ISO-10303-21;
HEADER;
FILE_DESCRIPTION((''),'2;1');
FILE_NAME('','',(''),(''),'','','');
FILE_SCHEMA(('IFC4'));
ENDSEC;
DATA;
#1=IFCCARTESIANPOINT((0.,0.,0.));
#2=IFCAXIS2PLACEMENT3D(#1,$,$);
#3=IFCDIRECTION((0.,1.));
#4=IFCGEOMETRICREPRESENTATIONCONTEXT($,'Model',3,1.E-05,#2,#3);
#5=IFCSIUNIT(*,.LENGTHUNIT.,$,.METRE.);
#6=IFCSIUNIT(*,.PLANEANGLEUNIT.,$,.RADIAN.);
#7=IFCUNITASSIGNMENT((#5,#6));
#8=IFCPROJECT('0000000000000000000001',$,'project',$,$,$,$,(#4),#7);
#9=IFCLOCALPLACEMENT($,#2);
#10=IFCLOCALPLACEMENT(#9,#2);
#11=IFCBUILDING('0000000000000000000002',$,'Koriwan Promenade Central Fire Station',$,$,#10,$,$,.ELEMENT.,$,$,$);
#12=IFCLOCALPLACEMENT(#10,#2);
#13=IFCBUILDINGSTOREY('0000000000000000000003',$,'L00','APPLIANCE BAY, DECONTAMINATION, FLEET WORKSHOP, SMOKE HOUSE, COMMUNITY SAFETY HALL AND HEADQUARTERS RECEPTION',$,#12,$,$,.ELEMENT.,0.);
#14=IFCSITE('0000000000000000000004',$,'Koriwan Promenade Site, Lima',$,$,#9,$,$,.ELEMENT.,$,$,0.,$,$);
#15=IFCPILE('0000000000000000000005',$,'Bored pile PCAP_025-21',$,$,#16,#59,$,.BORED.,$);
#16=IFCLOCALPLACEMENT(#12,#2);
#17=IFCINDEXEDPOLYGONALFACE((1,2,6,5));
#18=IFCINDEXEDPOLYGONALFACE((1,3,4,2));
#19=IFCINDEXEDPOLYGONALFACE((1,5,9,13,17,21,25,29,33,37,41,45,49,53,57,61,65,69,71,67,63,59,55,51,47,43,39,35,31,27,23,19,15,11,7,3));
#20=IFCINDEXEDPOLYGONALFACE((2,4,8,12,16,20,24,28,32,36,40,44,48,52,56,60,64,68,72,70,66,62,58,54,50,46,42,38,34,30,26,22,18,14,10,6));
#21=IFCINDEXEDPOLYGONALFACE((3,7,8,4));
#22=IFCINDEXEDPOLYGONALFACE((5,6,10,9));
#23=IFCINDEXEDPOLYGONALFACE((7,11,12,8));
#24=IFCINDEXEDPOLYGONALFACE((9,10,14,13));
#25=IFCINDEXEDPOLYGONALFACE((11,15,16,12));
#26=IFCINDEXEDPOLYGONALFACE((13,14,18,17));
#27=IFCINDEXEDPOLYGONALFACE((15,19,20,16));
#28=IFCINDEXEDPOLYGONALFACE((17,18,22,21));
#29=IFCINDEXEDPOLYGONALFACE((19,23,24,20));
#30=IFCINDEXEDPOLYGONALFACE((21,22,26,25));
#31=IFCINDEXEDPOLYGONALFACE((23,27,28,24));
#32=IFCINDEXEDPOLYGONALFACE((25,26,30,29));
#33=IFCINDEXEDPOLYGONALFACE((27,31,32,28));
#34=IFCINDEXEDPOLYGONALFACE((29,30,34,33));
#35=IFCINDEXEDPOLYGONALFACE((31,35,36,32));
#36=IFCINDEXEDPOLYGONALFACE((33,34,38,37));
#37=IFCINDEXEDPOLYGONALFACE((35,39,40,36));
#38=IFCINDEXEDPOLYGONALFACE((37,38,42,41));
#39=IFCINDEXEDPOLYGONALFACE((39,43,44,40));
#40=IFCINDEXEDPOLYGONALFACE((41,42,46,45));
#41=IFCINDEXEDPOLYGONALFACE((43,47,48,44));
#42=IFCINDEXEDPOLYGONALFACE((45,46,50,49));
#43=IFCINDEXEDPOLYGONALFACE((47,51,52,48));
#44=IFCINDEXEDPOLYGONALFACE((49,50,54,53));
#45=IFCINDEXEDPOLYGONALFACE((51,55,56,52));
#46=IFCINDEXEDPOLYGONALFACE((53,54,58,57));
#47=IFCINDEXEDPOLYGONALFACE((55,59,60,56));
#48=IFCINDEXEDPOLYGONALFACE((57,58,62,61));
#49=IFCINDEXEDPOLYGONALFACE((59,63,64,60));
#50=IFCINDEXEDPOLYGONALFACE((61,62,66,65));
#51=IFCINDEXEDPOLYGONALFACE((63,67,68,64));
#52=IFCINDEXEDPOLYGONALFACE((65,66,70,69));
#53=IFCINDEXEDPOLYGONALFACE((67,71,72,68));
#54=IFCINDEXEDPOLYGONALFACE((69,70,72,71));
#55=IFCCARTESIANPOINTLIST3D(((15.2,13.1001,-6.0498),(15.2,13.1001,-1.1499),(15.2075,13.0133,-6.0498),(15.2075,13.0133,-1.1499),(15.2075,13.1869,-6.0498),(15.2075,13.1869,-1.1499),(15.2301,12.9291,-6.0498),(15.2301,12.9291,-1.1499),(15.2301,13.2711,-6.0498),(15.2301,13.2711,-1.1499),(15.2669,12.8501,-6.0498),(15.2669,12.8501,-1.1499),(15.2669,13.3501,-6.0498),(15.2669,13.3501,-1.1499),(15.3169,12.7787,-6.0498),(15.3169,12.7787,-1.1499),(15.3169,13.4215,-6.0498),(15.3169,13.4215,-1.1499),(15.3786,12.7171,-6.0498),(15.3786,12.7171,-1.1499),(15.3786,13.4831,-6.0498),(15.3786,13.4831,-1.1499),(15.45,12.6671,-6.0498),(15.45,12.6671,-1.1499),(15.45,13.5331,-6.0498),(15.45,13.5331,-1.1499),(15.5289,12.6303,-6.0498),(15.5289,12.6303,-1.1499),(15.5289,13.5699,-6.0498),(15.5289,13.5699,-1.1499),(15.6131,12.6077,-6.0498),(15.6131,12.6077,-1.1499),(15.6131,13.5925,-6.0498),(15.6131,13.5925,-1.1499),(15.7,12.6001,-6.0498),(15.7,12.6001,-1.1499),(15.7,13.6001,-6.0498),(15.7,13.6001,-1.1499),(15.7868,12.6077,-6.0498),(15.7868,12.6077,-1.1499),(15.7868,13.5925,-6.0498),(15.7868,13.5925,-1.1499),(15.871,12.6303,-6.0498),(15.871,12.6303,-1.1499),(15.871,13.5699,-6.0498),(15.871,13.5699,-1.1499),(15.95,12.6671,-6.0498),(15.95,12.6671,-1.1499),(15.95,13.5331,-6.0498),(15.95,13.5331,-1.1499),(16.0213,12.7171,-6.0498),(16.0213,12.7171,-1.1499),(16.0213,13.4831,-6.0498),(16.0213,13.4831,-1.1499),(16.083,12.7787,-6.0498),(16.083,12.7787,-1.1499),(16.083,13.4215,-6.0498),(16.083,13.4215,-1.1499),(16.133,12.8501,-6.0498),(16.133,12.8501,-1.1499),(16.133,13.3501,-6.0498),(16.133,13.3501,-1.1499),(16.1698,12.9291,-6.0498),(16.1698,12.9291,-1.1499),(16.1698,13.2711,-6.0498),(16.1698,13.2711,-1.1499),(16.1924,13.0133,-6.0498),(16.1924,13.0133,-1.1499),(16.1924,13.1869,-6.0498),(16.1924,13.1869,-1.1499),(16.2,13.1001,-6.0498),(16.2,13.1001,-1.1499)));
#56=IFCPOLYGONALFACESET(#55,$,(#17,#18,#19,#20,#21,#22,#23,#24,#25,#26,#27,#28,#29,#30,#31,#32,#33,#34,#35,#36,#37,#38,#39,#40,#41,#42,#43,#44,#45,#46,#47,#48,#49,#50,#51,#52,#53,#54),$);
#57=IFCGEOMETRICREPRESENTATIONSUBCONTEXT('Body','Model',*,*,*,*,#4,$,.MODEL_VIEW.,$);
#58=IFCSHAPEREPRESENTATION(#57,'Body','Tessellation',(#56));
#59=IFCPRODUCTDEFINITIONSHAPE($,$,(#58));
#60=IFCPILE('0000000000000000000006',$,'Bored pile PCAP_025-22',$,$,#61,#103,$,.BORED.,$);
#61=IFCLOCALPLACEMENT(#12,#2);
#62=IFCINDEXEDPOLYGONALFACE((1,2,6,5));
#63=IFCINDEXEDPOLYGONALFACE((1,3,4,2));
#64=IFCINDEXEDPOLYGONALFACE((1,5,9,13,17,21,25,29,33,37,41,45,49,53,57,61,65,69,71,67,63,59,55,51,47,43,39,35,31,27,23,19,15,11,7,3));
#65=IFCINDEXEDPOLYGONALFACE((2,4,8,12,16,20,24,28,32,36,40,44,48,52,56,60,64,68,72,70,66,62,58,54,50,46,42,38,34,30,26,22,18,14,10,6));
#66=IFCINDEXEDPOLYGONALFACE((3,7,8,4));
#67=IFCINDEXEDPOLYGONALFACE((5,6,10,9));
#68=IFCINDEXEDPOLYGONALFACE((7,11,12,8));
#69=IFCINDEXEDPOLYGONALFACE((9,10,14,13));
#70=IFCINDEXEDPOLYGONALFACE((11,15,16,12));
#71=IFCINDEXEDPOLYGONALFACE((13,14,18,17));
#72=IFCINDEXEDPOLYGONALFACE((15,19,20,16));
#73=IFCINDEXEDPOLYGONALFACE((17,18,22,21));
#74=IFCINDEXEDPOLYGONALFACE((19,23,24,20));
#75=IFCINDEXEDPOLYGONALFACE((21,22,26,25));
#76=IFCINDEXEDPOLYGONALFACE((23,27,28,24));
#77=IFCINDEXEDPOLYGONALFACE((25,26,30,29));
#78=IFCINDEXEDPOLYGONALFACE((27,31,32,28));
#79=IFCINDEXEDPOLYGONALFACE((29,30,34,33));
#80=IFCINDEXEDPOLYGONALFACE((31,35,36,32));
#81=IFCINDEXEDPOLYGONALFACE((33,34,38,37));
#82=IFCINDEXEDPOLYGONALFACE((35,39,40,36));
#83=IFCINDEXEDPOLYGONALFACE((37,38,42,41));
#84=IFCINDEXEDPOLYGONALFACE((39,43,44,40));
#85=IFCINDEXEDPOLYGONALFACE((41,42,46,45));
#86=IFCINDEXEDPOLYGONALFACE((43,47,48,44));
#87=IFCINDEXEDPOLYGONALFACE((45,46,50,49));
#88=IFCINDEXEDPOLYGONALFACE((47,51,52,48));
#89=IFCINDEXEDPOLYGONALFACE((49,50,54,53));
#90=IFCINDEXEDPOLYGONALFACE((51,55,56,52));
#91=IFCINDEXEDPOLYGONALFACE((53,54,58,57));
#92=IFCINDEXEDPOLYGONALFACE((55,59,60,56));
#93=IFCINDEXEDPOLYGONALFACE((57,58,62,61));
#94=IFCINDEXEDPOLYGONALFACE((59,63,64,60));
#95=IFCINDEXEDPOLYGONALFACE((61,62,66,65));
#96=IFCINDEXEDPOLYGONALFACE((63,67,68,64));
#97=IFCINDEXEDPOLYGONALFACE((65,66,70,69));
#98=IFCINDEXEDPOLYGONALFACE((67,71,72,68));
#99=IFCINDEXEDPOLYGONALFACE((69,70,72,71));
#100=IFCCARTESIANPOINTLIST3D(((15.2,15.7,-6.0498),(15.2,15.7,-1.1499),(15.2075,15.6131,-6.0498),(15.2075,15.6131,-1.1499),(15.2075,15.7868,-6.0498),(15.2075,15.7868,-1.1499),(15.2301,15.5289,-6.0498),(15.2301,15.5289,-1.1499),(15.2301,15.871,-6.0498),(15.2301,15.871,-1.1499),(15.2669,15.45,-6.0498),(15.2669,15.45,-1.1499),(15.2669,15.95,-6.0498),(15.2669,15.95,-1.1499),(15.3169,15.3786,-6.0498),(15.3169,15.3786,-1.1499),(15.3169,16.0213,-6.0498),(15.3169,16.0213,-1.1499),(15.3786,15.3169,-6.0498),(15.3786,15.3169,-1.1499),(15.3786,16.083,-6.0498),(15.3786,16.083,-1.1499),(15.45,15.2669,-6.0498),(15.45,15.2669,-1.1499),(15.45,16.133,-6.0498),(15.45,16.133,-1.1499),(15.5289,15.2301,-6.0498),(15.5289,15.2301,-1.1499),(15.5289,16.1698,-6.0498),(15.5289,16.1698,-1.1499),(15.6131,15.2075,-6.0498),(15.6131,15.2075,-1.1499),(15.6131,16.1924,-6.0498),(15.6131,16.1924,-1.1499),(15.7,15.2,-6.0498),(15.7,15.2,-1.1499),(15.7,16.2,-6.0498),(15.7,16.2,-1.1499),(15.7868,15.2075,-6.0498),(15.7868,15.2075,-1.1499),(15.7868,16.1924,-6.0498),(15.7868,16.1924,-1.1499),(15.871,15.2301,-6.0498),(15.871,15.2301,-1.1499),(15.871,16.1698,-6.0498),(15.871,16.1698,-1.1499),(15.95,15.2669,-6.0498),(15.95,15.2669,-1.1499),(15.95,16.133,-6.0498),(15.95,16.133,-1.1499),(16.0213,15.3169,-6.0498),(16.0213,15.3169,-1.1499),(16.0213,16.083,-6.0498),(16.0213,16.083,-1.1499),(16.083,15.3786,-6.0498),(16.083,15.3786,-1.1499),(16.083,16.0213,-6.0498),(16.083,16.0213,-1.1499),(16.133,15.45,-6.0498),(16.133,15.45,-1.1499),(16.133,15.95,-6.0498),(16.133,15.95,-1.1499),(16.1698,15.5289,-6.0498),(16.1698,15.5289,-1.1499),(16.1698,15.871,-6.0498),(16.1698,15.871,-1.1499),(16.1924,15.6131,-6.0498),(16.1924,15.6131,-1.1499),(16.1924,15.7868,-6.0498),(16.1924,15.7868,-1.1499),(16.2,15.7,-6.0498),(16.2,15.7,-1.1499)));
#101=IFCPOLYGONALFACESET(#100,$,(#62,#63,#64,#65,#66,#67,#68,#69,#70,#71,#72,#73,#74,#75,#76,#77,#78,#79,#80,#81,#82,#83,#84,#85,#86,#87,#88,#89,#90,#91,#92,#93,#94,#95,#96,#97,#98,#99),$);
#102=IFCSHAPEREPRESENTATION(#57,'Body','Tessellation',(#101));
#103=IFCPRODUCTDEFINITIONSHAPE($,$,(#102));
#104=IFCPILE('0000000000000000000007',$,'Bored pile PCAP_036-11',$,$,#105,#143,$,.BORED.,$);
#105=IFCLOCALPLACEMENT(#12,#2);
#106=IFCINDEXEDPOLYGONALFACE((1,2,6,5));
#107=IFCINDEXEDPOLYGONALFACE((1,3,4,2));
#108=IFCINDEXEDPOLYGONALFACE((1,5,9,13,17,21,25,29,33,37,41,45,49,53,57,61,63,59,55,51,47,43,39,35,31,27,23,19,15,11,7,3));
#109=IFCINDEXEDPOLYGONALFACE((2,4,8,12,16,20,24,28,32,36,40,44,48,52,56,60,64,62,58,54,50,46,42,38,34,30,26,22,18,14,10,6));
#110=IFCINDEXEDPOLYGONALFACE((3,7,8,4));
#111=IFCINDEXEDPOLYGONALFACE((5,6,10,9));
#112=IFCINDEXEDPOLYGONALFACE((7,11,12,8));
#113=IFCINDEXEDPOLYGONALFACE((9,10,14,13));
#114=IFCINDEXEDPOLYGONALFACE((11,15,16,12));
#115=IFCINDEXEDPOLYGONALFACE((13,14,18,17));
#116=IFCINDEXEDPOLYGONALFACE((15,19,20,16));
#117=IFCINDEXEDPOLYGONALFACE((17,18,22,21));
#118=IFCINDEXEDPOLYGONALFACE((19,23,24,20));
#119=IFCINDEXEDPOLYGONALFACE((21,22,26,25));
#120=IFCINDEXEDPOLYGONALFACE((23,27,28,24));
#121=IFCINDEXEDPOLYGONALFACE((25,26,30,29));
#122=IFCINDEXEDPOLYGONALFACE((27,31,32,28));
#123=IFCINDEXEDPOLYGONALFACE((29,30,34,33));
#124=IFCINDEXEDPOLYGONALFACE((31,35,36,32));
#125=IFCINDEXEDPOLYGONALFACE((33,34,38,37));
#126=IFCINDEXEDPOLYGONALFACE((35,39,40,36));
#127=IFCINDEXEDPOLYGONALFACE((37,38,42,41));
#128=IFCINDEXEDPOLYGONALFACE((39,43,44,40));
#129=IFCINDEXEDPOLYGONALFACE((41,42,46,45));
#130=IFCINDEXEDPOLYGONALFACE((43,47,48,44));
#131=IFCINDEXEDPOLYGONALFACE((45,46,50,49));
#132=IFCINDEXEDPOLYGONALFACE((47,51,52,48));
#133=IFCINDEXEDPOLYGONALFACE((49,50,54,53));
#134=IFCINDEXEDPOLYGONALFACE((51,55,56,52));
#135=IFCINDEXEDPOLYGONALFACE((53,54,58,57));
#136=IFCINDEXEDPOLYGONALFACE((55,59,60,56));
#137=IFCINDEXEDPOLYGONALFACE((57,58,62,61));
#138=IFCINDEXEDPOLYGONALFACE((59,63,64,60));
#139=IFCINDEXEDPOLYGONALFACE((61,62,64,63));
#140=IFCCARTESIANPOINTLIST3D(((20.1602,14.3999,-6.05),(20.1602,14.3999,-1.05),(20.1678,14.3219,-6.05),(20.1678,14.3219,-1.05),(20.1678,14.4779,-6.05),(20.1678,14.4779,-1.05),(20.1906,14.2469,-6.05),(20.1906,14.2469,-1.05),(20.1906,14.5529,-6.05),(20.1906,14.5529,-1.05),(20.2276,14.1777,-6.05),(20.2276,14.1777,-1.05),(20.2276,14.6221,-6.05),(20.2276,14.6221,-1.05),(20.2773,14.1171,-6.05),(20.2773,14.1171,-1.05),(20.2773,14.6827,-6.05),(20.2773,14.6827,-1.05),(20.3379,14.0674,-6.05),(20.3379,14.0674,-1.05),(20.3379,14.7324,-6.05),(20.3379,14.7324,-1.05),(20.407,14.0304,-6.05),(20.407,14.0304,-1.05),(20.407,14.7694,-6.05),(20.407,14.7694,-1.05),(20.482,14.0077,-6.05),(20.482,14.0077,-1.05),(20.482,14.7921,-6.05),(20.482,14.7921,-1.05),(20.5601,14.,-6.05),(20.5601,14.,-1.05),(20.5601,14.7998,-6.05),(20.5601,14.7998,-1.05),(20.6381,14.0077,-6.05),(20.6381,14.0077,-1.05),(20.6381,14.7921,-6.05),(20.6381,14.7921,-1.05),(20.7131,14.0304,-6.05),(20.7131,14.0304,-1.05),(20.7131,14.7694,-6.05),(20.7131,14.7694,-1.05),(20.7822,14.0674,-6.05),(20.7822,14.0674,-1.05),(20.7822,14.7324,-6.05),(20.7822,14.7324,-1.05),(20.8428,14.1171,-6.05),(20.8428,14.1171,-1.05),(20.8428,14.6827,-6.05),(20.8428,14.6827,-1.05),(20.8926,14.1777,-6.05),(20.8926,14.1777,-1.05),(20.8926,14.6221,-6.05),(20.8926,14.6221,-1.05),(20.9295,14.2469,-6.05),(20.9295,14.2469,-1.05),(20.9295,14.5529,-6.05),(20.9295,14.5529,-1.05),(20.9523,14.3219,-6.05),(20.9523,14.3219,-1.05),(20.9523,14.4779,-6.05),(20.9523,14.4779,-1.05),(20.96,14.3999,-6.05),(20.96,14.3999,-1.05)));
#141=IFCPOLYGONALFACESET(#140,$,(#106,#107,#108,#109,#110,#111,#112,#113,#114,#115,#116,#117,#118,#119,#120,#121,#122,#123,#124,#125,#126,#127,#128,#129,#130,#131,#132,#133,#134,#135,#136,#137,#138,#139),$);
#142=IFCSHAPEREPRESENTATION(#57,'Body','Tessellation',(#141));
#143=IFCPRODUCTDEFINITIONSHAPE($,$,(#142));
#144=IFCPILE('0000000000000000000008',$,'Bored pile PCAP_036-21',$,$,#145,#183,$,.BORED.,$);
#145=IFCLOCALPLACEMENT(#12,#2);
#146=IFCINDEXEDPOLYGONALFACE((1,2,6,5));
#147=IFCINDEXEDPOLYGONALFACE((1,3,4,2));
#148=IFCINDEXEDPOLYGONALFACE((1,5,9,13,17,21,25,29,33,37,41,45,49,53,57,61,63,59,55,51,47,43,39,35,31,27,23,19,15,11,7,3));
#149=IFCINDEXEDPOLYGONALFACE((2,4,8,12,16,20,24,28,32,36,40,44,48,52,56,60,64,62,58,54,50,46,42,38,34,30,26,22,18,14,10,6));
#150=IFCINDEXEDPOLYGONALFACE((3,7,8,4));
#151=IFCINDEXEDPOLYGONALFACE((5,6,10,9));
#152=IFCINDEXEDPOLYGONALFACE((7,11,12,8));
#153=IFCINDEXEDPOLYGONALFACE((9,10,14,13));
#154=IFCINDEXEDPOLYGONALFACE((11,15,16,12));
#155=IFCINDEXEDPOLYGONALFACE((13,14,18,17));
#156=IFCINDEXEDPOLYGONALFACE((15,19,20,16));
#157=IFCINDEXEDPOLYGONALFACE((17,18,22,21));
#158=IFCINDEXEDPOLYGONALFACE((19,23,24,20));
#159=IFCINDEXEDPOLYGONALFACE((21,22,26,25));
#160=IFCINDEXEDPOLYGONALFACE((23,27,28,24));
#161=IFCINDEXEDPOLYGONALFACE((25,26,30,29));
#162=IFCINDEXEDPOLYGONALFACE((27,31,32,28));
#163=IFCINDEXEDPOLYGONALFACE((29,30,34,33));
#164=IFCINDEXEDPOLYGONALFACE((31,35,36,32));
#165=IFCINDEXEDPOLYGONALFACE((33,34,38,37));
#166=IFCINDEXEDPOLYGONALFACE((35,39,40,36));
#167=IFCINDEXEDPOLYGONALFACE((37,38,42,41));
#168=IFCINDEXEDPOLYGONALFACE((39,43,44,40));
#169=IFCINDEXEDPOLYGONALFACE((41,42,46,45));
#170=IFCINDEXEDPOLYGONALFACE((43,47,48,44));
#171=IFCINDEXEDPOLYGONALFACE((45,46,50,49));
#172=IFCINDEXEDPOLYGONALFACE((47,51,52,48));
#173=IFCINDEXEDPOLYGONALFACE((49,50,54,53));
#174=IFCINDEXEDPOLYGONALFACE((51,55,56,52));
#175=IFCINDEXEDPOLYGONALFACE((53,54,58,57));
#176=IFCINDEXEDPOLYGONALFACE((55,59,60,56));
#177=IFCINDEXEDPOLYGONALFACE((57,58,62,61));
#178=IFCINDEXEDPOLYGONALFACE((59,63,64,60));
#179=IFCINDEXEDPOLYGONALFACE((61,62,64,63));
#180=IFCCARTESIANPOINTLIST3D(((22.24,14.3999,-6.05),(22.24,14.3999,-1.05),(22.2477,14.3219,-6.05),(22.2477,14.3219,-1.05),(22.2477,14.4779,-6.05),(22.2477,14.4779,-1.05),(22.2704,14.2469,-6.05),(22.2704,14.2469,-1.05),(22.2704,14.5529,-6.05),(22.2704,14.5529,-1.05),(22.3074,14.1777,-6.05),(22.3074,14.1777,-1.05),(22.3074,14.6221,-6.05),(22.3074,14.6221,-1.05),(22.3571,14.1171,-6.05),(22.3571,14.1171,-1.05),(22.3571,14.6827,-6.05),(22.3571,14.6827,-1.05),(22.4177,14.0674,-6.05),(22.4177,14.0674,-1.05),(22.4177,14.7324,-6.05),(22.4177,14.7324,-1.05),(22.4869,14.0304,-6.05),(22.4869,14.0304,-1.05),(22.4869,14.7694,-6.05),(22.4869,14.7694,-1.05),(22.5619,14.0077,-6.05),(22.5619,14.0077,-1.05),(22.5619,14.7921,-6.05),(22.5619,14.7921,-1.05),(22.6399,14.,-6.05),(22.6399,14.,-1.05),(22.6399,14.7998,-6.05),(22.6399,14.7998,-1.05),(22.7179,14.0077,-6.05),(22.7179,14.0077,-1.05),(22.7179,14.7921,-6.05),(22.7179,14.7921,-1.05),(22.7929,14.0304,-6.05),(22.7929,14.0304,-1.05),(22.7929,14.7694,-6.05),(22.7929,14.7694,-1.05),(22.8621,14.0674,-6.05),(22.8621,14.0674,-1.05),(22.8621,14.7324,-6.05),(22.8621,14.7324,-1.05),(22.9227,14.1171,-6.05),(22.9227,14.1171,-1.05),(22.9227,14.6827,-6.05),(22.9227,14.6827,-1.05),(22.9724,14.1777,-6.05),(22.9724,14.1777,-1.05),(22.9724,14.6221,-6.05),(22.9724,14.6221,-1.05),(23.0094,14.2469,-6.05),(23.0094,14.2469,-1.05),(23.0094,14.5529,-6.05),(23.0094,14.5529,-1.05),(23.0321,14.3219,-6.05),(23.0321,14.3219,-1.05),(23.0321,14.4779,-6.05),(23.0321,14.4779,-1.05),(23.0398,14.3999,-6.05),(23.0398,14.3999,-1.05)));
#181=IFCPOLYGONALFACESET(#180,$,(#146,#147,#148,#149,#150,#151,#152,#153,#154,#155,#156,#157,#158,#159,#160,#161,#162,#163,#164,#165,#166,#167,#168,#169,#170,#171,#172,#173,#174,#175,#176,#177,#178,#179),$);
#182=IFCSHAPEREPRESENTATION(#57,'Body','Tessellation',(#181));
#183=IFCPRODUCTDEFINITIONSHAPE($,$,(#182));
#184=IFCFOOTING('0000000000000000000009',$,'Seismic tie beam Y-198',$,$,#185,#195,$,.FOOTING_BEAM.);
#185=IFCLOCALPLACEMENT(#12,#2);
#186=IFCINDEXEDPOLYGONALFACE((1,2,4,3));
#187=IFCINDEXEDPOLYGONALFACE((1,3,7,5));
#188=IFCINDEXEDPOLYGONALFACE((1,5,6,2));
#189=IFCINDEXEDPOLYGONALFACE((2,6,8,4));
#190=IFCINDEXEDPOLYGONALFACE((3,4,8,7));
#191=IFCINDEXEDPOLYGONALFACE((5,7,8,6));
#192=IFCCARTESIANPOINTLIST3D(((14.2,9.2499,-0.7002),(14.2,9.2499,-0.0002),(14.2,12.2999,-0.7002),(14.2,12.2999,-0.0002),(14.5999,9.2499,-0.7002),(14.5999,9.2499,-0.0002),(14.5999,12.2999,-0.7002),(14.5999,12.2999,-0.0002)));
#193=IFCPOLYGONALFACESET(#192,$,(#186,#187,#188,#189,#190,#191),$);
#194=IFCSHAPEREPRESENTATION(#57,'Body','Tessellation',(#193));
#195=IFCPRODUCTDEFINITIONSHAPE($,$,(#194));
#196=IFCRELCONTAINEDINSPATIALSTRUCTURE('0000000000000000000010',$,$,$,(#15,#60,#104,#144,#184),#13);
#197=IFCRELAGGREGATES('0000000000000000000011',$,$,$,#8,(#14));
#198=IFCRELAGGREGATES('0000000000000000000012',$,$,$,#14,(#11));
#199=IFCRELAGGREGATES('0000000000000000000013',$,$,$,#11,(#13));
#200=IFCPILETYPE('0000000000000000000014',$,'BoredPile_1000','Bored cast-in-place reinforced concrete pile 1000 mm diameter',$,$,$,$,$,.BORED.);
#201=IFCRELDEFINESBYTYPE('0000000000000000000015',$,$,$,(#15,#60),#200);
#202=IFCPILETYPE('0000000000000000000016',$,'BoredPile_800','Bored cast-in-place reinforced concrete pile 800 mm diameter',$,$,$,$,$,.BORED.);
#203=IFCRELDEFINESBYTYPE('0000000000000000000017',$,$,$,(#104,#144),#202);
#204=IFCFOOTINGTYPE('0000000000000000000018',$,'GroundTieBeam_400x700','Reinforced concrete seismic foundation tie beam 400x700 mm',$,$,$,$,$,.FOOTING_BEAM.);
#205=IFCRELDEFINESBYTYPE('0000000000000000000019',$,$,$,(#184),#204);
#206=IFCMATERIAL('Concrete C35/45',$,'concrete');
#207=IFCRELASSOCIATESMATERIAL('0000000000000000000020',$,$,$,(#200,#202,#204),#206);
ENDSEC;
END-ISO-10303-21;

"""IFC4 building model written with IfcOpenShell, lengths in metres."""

from ifc_helpers import new_model, si_unit, direction, frame, origin, origin_2d, place, context, subcontext, project, spatial, rectangle, circle, extrude, material, material_profile, profile_set, type_object, element, save


model = new_model("IFC4")

# Units and contexts
model_context = context("Model", 3, precision=1e-05, world=origin(), true_north=direction((0.0, 1.0)))
body_context = subcontext(model_context, "Body", "Model", "MODEL_VIEW")
ifc_project = project(units=[si_unit("LENGTHUNIT", "METRE"), si_unit("PLANEANGLEUNIT", "RADIAN")], contexts=[model_context])

# Site, building, storey
site_placement = place(None, origin())
site = spatial("IfcSite", under=ifc_project, at=site_placement, Name="Koriwan Promenade Site, Lima", CompositionType="ELEMENT", RefElevation=0.0)
building_placement = place(site_placement, origin())
building = spatial("IfcBuilding", under=site, at=building_placement, Name="Koriwan Promenade Central Fire Station", CompositionType="ELEMENT")
storey_placement = place(building_placement, origin())
storey = spatial("IfcBuildingStorey", under=building, at=storey_placement, Name="L00", Description="APPLIANCE BAY, DECONTAMINATION, FLEET WORKSHOP, SMOKE HOUSE, COMMUNITY SAFETY HALL AND HEADQUARTERS RECEPTION", CompositionType="ELEMENT", Elevation=0.0)

# Piles
ifc_material_1 = material(Name="Concrete C35/45", Category="concrete")
ifc_material_profile_1 = material_profile(ifc_material_1, circle(Radius=0.5, at=origin_2d()), Name="PILE-D1000")
ifc_profile_set_1 = profile_set([ifc_material_profile_1], Name="Concrete C35/45")
pile_type_1 = type_object("IfcPileType", Name="BoredPile_1000", Description="Bored cast-in-place reinforced concrete pile 1000 mm diameter", PredefinedType="BORED", material=ifc_profile_set_1)
for number, where, z_axis, x_axis, name in (
    (1, (15.7, 13.1001, -1.1499), (0.0, 0.0, -1.0), (1.0, 0.0, 0.0), "Bored pile PCAP_025-21"),
    (2, (15.7, 15.7, -1.1499), (0.0, 0.0, -1.0), (1.0, 0.0, 0.0), "Bored pile PCAP_025-22"),
):
    element("IfcPile", number, at=place(storey_placement, frame(where, z_axis=z_axis, x_axis=x_axis)), inside=storey, type_object=pile_type_1, Name=name, PredefinedType="BORED", context=body_context, shape_type="SweptSolid", body=[
        extrude(circle(Radius=0.5, at=origin_2d()), origin(), (0.0, 0.0, 1.0), 4.8999),
    ])
ifc_material_profile_2 = material_profile(ifc_material_1, circle(Radius=0.3999, at=origin_2d()), Name="PILE-D800")
ifc_profile_set_2 = profile_set([ifc_material_profile_2], Name="Concrete C35/45")
pile_type_2 = type_object("IfcPileType", Name="BoredPile_800", Description="Bored cast-in-place reinforced concrete pile 800 mm diameter", PredefinedType="BORED", material=ifc_profile_set_2)
for number, where, z_axis, x_axis, name in (
    (3, (20.5601, 14.3999, -1.05), (0.0, 0.0, -1.0), (1.0, 0.0, 0.0), "Bored pile PCAP_036-11"),
    (4, (22.6399, 14.3999, -1.05), (0.0, 0.0, -1.0), (1.0, 0.0, 0.0), "Bored pile PCAP_036-21"),
):
    element("IfcPile", number, at=place(storey_placement, frame(where, z_axis=z_axis, x_axis=x_axis)), inside=storey, type_object=pile_type_2, Name=name, PredefinedType="BORED", context=body_context, shape_type="SweptSolid", body=[
        extrude(circle(Radius=0.3999, at=origin_2d()), origin(), (0.0, 0.0, 1.0), 5.0),
    ])

# Footing
footing_type_1 = type_object("IfcFootingType", Name="GroundTieBeam_400x700", Description="Reinforced concrete seismic foundation tie beam 400x700 mm", PredefinedType="FOOTING_BEAM", material=ifc_material_1)
footing_1_placement = place(storey_placement, frame((14.3999, 10.7749, -0.7002), z_axis=(0.0, 0.0, 1.0), x_axis=(0.0, 1.0, 0.0)))
element("IfcFooting", 5, at=footing_1_placement, inside=storey, type_object=footing_type_1, Name="Seismic tie beam Y-198", PredefinedType="FOOTING_BEAM", context=body_context, shape_type="SweptSolid", body=[
    extrude(rectangle(XDim=3.05, YDim=0.3999, at=origin_2d()), origin(), (0.0, 0.0, 1.0), 0.7),
])

save(model, "model.ifc")
